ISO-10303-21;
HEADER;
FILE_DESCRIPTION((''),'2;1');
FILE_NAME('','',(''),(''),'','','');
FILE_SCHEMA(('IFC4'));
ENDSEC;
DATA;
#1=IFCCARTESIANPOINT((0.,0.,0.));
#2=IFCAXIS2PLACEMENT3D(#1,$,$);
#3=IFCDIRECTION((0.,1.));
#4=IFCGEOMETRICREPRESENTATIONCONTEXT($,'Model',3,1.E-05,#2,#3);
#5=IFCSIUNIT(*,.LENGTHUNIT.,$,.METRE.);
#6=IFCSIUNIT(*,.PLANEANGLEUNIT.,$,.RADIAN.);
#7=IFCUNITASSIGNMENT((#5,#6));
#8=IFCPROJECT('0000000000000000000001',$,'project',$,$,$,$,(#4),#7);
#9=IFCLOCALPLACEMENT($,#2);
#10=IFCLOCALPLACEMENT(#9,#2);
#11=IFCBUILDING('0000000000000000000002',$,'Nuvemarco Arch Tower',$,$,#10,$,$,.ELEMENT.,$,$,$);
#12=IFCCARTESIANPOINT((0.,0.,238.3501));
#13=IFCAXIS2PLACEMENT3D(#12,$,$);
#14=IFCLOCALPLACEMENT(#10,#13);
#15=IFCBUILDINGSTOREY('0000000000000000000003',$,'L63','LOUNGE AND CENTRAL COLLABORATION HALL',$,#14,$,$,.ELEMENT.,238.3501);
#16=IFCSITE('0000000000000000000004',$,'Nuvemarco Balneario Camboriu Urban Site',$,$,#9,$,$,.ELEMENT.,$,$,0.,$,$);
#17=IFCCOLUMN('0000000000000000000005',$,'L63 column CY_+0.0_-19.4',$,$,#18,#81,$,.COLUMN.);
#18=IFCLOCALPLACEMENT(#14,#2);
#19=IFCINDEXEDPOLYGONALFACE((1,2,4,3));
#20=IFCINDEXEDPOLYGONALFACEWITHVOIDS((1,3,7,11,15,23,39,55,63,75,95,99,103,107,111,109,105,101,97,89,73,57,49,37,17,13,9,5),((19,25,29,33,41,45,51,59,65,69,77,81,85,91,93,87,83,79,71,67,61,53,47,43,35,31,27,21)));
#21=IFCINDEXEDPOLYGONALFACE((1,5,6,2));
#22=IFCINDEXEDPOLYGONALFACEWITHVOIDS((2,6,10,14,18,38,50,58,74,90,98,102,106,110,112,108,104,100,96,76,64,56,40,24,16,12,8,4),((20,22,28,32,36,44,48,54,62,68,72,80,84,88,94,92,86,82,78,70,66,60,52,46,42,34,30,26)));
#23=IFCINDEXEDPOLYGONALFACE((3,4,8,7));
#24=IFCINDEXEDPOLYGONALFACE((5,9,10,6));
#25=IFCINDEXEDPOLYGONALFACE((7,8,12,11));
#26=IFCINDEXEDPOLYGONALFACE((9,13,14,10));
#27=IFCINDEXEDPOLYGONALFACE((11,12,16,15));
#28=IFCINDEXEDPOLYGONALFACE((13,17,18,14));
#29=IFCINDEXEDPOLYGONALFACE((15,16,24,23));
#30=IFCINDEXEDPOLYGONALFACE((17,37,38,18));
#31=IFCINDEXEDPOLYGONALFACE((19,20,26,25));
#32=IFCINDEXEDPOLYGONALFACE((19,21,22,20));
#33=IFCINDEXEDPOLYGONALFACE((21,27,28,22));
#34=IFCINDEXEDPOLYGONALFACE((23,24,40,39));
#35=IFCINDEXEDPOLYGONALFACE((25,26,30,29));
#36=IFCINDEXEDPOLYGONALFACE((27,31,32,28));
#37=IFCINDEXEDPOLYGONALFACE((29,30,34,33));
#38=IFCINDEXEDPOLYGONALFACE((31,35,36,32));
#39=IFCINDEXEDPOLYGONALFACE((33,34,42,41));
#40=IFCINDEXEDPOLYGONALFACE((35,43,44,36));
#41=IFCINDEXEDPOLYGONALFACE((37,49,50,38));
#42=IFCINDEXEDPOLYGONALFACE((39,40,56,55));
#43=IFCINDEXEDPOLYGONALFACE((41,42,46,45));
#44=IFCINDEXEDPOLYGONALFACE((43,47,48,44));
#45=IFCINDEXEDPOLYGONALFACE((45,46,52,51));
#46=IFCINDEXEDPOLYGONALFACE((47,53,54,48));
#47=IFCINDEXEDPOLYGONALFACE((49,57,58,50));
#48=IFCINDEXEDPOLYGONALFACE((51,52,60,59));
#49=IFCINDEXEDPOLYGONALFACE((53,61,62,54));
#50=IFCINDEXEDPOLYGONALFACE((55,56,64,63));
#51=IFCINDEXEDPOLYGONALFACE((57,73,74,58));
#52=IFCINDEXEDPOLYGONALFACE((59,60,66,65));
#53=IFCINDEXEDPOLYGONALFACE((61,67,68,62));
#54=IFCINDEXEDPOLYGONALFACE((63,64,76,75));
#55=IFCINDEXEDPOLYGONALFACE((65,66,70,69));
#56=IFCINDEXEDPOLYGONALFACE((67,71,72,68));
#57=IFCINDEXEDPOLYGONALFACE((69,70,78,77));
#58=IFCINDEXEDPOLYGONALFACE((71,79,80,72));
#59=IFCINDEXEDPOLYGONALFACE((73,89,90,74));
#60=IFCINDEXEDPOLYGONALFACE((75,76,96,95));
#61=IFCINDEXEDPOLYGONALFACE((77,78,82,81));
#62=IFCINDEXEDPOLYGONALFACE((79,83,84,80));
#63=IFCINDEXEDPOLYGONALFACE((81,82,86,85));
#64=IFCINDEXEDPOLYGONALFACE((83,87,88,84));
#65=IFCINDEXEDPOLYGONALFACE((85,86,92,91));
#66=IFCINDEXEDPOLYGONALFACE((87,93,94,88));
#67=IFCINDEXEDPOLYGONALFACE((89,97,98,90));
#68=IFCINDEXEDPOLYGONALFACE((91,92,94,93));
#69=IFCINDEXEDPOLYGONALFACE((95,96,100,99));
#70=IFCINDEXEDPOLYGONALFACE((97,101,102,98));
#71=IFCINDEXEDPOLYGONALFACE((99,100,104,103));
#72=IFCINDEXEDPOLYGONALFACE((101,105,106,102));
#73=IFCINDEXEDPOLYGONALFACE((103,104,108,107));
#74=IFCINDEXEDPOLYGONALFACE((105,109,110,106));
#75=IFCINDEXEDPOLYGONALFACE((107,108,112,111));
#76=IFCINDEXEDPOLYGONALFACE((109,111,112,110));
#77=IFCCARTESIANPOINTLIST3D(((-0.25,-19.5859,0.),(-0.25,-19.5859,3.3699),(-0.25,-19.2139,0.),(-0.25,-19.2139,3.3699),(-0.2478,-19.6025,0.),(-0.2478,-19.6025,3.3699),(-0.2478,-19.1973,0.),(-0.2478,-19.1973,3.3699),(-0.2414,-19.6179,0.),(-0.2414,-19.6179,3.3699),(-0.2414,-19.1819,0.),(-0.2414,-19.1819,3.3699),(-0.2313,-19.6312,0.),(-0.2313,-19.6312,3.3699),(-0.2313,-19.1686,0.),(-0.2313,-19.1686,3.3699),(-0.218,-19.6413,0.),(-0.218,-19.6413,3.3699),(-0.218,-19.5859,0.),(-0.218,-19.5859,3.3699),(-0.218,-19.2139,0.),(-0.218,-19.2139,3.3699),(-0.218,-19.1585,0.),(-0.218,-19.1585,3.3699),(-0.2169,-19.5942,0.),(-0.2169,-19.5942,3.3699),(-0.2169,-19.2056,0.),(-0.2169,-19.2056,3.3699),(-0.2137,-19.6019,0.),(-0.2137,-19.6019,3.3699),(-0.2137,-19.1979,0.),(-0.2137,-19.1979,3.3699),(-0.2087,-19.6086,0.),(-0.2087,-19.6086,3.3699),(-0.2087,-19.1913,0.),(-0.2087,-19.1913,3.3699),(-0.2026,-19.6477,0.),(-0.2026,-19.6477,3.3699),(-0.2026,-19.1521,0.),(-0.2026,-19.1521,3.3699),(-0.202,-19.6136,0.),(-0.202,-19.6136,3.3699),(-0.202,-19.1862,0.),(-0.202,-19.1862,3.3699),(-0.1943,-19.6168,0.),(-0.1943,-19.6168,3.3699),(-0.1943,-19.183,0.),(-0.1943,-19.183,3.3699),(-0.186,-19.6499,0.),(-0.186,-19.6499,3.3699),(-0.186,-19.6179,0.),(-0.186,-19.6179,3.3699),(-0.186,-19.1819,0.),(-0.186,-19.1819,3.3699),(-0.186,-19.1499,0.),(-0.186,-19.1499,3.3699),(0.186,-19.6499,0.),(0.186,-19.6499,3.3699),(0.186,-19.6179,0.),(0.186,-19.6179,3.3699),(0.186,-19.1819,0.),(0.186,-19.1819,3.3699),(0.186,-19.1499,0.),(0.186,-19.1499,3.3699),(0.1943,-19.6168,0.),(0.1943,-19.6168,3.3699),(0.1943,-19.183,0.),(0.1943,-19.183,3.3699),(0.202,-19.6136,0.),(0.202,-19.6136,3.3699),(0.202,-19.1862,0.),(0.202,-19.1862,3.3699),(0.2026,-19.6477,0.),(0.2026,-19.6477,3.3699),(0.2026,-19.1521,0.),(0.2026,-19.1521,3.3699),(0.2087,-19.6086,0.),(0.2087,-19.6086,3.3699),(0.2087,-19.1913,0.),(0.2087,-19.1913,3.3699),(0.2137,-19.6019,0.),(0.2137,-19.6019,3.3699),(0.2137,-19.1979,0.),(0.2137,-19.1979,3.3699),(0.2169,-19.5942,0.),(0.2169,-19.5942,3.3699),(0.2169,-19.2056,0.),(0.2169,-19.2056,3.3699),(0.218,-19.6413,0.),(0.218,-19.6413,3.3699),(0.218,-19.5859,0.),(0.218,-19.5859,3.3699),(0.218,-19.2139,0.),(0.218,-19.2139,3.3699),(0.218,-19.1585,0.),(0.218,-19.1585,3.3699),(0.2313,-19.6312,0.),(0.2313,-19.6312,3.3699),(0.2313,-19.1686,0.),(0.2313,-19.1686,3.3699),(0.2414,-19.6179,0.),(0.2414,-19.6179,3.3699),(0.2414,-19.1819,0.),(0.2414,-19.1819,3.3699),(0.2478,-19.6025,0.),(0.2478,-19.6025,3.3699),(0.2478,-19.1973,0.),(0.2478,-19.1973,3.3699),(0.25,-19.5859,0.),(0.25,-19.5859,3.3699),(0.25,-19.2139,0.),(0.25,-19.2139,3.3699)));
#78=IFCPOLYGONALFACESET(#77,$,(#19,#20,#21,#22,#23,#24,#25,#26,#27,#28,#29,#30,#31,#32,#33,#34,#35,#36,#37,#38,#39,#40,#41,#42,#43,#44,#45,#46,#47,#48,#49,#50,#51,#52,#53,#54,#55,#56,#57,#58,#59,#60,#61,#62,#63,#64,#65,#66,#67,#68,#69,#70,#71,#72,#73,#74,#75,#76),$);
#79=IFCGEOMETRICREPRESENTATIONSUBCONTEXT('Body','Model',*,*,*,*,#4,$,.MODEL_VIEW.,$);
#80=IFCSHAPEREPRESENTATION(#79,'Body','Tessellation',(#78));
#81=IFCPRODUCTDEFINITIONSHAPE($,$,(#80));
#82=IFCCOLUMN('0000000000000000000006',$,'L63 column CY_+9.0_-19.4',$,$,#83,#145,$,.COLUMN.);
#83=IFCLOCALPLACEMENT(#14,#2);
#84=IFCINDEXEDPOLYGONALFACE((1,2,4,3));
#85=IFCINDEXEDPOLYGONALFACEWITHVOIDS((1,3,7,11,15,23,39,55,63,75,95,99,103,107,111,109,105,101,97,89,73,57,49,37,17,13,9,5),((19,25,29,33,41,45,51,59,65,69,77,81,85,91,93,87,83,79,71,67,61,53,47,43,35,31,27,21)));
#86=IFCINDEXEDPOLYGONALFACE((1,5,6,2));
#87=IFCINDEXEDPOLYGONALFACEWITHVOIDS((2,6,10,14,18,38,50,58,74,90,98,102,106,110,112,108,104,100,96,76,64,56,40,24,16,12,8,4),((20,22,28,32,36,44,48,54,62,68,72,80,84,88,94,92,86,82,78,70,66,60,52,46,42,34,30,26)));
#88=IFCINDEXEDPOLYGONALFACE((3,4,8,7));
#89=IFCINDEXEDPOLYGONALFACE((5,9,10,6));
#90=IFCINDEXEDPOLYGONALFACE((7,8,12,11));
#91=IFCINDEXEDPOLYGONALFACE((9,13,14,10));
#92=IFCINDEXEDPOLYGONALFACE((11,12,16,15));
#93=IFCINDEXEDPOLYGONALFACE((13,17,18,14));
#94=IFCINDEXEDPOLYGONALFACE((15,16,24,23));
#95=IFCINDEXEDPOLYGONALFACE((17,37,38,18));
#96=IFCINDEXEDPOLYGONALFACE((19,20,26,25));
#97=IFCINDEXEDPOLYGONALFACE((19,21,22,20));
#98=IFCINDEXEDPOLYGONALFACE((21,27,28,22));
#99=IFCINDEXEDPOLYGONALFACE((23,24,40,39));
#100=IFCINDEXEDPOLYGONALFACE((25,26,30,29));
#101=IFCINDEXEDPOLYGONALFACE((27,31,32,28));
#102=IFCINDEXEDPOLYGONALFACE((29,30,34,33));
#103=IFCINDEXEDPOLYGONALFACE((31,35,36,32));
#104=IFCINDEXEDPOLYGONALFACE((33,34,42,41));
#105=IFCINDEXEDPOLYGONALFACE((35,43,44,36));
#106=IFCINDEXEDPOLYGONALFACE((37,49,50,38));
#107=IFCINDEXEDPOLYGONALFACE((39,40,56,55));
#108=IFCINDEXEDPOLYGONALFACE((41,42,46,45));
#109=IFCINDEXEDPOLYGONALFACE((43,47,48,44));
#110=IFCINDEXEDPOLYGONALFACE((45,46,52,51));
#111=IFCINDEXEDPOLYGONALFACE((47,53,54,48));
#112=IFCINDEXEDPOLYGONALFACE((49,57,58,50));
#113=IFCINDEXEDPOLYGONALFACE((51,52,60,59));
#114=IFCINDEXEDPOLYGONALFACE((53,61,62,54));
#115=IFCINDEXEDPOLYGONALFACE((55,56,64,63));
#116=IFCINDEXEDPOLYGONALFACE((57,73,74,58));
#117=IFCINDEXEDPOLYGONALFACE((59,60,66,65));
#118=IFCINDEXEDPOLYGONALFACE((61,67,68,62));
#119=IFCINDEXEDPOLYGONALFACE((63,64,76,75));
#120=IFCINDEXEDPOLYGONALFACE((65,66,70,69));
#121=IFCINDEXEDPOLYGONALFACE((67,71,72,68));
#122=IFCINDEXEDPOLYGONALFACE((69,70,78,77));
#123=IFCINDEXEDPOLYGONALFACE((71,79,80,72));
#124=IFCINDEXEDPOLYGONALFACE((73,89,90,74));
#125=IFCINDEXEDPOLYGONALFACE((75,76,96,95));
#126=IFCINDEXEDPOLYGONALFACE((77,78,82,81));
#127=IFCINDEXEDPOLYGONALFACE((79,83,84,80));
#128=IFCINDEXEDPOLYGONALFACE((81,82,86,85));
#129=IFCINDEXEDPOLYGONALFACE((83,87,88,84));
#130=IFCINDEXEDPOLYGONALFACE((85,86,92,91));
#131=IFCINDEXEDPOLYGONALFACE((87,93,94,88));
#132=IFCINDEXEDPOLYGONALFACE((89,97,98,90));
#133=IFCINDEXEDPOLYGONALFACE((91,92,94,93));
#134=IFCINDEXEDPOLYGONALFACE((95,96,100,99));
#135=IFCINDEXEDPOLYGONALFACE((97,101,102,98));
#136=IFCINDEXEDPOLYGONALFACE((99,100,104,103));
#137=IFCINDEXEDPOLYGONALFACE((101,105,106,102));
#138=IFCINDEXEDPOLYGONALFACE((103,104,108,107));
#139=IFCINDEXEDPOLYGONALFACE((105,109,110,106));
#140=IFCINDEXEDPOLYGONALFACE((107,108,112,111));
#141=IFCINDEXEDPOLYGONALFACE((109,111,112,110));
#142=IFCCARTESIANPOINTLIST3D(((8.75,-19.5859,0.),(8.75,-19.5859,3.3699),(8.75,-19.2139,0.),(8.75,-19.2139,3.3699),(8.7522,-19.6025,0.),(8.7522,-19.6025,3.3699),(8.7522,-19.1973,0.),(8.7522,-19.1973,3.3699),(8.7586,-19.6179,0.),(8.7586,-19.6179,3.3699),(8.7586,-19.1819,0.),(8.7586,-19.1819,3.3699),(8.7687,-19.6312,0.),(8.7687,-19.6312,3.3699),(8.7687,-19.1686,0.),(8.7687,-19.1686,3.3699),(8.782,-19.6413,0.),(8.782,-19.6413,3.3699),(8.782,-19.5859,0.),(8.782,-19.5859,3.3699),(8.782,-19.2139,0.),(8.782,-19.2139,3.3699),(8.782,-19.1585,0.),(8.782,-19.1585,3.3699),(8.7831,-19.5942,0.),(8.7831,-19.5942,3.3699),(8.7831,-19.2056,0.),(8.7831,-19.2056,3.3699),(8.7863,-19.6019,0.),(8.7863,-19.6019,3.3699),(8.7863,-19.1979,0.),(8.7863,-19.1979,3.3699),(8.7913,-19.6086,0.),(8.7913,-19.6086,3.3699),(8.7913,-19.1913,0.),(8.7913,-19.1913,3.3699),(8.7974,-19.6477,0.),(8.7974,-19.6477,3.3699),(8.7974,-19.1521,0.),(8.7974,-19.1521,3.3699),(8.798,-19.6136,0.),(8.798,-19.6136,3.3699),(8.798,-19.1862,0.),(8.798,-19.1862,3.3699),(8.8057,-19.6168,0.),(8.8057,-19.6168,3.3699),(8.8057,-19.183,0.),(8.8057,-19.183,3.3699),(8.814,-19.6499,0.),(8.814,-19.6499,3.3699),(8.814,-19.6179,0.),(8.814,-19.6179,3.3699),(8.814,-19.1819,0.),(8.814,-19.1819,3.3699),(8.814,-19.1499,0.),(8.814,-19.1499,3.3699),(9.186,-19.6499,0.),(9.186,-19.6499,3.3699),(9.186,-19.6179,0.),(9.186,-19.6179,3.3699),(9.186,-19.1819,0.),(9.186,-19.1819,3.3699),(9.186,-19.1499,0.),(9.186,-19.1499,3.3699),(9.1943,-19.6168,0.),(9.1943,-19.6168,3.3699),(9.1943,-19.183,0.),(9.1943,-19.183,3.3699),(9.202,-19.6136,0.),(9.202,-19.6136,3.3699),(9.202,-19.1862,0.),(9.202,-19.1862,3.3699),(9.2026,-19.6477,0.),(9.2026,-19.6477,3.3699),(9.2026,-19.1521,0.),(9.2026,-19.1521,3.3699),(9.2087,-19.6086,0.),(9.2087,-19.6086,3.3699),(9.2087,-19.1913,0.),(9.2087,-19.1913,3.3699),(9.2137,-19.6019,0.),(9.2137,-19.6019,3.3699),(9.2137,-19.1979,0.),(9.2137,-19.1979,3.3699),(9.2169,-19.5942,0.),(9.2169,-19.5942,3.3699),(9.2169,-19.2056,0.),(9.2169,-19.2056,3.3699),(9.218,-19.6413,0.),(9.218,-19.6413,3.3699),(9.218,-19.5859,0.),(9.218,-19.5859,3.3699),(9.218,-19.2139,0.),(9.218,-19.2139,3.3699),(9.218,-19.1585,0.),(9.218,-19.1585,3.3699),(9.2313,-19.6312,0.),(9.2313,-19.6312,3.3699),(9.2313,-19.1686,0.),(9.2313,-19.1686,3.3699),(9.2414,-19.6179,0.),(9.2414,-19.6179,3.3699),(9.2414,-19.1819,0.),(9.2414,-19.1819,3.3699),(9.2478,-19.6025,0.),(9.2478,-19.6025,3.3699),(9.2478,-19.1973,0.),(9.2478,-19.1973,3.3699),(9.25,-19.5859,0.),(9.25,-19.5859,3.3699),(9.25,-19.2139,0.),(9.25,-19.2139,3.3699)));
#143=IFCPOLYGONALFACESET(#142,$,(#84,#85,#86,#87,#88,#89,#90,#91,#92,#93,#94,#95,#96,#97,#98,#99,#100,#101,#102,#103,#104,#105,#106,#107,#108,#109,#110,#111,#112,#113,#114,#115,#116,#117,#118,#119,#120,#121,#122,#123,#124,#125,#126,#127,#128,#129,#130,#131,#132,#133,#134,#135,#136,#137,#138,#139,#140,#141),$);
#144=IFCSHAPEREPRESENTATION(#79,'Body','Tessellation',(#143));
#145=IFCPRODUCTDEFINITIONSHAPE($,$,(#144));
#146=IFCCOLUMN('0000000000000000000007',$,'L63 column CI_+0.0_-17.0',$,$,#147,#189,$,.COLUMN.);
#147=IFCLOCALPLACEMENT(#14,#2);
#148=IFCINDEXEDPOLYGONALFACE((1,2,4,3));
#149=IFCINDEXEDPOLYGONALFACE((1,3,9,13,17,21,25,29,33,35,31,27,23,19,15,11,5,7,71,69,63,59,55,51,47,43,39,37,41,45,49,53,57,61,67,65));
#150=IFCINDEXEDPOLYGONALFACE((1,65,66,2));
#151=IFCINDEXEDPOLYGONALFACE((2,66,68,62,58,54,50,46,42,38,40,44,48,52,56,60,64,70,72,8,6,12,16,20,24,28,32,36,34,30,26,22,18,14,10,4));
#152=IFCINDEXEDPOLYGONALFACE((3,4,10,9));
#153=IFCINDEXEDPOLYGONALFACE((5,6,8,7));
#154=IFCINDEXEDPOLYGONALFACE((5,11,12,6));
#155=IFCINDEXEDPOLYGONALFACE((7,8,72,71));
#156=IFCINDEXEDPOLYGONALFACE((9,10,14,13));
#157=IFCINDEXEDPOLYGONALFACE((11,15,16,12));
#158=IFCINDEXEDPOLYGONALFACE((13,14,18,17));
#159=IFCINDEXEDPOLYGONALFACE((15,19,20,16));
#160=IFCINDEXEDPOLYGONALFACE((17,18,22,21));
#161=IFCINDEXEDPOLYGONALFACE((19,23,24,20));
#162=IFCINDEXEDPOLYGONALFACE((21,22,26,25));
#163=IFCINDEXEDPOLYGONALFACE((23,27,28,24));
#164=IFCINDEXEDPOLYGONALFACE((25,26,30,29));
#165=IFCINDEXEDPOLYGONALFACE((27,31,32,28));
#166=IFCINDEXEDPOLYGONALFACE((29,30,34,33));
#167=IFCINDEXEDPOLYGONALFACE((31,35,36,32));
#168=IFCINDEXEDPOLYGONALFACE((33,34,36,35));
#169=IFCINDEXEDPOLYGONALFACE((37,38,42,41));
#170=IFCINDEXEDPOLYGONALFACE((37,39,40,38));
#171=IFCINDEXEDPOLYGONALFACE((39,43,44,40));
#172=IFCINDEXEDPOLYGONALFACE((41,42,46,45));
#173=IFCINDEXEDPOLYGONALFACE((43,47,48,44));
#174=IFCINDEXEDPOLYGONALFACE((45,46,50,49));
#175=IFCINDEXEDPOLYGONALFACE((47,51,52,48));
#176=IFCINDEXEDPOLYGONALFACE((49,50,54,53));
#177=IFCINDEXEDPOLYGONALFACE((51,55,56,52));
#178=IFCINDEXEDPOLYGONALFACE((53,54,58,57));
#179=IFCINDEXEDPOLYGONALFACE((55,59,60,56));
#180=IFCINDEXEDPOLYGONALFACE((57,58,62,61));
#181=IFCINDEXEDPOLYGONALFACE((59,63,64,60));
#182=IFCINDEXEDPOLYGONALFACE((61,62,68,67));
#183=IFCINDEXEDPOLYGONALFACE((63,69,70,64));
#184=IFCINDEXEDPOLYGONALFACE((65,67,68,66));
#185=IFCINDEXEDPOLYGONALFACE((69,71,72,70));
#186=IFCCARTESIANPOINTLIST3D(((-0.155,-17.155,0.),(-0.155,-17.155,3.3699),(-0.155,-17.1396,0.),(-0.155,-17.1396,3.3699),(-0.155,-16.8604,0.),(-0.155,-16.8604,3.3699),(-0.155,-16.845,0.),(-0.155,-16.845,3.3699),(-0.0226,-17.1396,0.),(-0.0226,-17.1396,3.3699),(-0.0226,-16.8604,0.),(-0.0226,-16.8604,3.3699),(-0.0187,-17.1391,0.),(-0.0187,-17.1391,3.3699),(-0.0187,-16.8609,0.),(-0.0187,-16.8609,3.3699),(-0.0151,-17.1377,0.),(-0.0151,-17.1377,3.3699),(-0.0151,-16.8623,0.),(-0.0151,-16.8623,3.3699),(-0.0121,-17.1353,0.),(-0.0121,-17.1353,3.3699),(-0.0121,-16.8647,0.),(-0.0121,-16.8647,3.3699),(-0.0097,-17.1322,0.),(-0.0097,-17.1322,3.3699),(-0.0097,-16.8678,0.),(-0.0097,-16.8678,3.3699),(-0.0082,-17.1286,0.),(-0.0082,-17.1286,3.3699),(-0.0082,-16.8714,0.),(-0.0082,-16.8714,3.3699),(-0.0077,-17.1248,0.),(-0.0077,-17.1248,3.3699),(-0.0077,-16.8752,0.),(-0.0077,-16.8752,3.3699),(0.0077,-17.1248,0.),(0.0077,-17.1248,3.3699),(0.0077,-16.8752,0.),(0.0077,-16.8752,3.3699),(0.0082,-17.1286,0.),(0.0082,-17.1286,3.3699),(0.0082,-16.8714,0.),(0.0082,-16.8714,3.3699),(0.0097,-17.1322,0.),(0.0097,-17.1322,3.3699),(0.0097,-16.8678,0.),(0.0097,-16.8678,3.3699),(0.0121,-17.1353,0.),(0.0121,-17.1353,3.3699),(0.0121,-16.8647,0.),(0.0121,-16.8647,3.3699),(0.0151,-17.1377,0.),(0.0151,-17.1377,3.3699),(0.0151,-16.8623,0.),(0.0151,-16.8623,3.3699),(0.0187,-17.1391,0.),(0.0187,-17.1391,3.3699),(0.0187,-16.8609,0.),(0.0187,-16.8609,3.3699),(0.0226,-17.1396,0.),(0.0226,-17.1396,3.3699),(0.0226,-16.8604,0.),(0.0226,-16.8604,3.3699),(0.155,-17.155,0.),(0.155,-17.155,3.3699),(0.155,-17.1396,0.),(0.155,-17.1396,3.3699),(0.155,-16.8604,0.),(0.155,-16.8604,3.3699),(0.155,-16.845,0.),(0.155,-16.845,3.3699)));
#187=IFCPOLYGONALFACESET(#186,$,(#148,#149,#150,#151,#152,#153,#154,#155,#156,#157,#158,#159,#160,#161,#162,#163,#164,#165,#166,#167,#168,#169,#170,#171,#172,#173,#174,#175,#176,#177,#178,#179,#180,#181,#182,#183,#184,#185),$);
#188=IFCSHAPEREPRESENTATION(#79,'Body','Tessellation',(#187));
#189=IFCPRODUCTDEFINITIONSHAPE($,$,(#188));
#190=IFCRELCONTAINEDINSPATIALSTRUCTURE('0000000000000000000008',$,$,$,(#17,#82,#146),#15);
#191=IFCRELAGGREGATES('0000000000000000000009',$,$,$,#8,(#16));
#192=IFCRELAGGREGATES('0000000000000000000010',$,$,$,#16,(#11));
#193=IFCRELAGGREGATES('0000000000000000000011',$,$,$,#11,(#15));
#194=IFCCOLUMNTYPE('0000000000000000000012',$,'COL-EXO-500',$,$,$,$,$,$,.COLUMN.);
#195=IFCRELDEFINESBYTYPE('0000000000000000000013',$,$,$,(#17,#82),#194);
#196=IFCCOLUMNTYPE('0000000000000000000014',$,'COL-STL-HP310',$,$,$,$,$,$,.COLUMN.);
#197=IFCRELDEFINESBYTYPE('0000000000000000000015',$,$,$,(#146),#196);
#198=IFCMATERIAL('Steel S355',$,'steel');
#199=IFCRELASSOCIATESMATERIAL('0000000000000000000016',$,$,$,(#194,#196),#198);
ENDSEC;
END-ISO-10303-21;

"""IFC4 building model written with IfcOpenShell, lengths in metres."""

from ifc_helpers import new_model, si_unit, direction, frame, origin, origin_2d, place, context, subcontext, project, spatial, hollow_rectangle, i_section, extrude, material, material_profile, profile_set, type_object, element, save


model = new_model("IFC4")

# Units and contexts
model_context = context("Model", 3, precision=1e-05, world=origin(), true_north=direction((0.0, 1.0)))
body_context = subcontext(model_context, "Body", "Model", "MODEL_VIEW")
ifc_project = project(units=[si_unit("LENGTHUNIT", "METRE"), si_unit("PLANEANGLEUNIT", "RADIAN")], contexts=[model_context])

# Site, building, storey
site_placement = place(None, origin())
site = spatial("IfcSite", under=ifc_project, at=site_placement, Name="Nuvemarco Balneario Camboriu Urban Site", CompositionType="ELEMENT", RefElevation=0.0)
building_placement = place(site_placement, origin())
building = spatial("IfcBuilding", under=site, at=building_placement, Name="Nuvemarco Arch Tower", CompositionType="ELEMENT")
storey_placement = place(building_placement, frame((0.0, 0.0, 238.3501)))
storey = spatial("IfcBuildingStorey", under=building, at=storey_placement, Name="L63", Description="LOUNGE AND CENTRAL COLLABORATION HALL", CompositionType="ELEMENT", Elevation=238.3501)

# Columns
ifc_material_1 = material(Name="Steel S355", Category="steel")
ifc_material_profile_1 = material_profile(ifc_material_1, hollow_rectangle(XDim=0.5, YDim=0.5, WallThickness=0.032, InnerFilletRadius=0.032, OuterFilletRadius=0.064, at=origin_2d()), Name="SHS500x500x32")
ifc_profile_set_1 = profile_set([ifc_material_profile_1], Name="Steel S355")
column_type_1 = type_object("IfcColumnType", Name="COL-EXO-500", PredefinedType="COLUMN", material=ifc_profile_set_1)
for number, where, z_axis, x_axis, name in (
    (1, (0.0, -19.3999, 0.0), (0.0, 0.0, 1.0), (1.0, 0.0, 0.0), "L63 column CY_+0.0_-19.4"),
    (2, (9.0, -19.3999, 0.0), (0.0, 0.0, 1.0), (1.0, 0.0, 0.0), "L63 column CY_+9.0_-19.4"),
):
    element("IfcColumn", number, at=place(storey_placement, frame(where, z_axis=z_axis, x_axis=x_axis)), inside=storey, type_object=column_type_1, Name=name, PredefinedType="COLUMN", context=body_context, shape_type="SweptSolid", body=[
        extrude(hollow_rectangle(XDim=0.5, YDim=0.5, WallThickness=0.032, InnerFilletRadius=0.032, OuterFilletRadius=0.064, at=origin_2d()), origin(), (0.0, 0.0, 1.0), 3.3699),
    ])
ifc_material_profile_2 = material_profile(ifc_material_1, i_section(OverallWidth=0.3101, OverallDepth=0.3101, WebThickness=0.0154, FlangeThickness=0.0154, FilletRadius=0.0149, at=origin_2d()), Name="HP310x110")
ifc_profile_set_2 = profile_set([ifc_material_profile_2], Name="Steel S355")
column_type_2 = type_object("IfcColumnType", Name="COL-STL-HP310", PredefinedType="COLUMN", material=ifc_profile_set_2)
for number, where, z_axis, x_axis, name in (
    (3, (0.0, -17.0, 0.0), (0.0, 0.0, 1.0), (1.0, 0.0, 0.0), "L63 column CI_+0.0_-17.0"),
):
    element("IfcColumn", number, at=place(storey_placement, frame(where, z_axis=z_axis, x_axis=x_axis)), inside=storey, type_object=column_type_2, Name=name, PredefinedType="COLUMN", context=body_context, shape_type="SweptSolid", body=[
        extrude(i_section(OverallWidth=0.3101, OverallDepth=0.3101, WebThickness=0.0154, FlangeThickness=0.0154, FilletRadius=0.0149, at=origin_2d()), origin(), (0.0, 0.0, 1.0), 3.3699),
    ])

save(model, "model.ifc")
